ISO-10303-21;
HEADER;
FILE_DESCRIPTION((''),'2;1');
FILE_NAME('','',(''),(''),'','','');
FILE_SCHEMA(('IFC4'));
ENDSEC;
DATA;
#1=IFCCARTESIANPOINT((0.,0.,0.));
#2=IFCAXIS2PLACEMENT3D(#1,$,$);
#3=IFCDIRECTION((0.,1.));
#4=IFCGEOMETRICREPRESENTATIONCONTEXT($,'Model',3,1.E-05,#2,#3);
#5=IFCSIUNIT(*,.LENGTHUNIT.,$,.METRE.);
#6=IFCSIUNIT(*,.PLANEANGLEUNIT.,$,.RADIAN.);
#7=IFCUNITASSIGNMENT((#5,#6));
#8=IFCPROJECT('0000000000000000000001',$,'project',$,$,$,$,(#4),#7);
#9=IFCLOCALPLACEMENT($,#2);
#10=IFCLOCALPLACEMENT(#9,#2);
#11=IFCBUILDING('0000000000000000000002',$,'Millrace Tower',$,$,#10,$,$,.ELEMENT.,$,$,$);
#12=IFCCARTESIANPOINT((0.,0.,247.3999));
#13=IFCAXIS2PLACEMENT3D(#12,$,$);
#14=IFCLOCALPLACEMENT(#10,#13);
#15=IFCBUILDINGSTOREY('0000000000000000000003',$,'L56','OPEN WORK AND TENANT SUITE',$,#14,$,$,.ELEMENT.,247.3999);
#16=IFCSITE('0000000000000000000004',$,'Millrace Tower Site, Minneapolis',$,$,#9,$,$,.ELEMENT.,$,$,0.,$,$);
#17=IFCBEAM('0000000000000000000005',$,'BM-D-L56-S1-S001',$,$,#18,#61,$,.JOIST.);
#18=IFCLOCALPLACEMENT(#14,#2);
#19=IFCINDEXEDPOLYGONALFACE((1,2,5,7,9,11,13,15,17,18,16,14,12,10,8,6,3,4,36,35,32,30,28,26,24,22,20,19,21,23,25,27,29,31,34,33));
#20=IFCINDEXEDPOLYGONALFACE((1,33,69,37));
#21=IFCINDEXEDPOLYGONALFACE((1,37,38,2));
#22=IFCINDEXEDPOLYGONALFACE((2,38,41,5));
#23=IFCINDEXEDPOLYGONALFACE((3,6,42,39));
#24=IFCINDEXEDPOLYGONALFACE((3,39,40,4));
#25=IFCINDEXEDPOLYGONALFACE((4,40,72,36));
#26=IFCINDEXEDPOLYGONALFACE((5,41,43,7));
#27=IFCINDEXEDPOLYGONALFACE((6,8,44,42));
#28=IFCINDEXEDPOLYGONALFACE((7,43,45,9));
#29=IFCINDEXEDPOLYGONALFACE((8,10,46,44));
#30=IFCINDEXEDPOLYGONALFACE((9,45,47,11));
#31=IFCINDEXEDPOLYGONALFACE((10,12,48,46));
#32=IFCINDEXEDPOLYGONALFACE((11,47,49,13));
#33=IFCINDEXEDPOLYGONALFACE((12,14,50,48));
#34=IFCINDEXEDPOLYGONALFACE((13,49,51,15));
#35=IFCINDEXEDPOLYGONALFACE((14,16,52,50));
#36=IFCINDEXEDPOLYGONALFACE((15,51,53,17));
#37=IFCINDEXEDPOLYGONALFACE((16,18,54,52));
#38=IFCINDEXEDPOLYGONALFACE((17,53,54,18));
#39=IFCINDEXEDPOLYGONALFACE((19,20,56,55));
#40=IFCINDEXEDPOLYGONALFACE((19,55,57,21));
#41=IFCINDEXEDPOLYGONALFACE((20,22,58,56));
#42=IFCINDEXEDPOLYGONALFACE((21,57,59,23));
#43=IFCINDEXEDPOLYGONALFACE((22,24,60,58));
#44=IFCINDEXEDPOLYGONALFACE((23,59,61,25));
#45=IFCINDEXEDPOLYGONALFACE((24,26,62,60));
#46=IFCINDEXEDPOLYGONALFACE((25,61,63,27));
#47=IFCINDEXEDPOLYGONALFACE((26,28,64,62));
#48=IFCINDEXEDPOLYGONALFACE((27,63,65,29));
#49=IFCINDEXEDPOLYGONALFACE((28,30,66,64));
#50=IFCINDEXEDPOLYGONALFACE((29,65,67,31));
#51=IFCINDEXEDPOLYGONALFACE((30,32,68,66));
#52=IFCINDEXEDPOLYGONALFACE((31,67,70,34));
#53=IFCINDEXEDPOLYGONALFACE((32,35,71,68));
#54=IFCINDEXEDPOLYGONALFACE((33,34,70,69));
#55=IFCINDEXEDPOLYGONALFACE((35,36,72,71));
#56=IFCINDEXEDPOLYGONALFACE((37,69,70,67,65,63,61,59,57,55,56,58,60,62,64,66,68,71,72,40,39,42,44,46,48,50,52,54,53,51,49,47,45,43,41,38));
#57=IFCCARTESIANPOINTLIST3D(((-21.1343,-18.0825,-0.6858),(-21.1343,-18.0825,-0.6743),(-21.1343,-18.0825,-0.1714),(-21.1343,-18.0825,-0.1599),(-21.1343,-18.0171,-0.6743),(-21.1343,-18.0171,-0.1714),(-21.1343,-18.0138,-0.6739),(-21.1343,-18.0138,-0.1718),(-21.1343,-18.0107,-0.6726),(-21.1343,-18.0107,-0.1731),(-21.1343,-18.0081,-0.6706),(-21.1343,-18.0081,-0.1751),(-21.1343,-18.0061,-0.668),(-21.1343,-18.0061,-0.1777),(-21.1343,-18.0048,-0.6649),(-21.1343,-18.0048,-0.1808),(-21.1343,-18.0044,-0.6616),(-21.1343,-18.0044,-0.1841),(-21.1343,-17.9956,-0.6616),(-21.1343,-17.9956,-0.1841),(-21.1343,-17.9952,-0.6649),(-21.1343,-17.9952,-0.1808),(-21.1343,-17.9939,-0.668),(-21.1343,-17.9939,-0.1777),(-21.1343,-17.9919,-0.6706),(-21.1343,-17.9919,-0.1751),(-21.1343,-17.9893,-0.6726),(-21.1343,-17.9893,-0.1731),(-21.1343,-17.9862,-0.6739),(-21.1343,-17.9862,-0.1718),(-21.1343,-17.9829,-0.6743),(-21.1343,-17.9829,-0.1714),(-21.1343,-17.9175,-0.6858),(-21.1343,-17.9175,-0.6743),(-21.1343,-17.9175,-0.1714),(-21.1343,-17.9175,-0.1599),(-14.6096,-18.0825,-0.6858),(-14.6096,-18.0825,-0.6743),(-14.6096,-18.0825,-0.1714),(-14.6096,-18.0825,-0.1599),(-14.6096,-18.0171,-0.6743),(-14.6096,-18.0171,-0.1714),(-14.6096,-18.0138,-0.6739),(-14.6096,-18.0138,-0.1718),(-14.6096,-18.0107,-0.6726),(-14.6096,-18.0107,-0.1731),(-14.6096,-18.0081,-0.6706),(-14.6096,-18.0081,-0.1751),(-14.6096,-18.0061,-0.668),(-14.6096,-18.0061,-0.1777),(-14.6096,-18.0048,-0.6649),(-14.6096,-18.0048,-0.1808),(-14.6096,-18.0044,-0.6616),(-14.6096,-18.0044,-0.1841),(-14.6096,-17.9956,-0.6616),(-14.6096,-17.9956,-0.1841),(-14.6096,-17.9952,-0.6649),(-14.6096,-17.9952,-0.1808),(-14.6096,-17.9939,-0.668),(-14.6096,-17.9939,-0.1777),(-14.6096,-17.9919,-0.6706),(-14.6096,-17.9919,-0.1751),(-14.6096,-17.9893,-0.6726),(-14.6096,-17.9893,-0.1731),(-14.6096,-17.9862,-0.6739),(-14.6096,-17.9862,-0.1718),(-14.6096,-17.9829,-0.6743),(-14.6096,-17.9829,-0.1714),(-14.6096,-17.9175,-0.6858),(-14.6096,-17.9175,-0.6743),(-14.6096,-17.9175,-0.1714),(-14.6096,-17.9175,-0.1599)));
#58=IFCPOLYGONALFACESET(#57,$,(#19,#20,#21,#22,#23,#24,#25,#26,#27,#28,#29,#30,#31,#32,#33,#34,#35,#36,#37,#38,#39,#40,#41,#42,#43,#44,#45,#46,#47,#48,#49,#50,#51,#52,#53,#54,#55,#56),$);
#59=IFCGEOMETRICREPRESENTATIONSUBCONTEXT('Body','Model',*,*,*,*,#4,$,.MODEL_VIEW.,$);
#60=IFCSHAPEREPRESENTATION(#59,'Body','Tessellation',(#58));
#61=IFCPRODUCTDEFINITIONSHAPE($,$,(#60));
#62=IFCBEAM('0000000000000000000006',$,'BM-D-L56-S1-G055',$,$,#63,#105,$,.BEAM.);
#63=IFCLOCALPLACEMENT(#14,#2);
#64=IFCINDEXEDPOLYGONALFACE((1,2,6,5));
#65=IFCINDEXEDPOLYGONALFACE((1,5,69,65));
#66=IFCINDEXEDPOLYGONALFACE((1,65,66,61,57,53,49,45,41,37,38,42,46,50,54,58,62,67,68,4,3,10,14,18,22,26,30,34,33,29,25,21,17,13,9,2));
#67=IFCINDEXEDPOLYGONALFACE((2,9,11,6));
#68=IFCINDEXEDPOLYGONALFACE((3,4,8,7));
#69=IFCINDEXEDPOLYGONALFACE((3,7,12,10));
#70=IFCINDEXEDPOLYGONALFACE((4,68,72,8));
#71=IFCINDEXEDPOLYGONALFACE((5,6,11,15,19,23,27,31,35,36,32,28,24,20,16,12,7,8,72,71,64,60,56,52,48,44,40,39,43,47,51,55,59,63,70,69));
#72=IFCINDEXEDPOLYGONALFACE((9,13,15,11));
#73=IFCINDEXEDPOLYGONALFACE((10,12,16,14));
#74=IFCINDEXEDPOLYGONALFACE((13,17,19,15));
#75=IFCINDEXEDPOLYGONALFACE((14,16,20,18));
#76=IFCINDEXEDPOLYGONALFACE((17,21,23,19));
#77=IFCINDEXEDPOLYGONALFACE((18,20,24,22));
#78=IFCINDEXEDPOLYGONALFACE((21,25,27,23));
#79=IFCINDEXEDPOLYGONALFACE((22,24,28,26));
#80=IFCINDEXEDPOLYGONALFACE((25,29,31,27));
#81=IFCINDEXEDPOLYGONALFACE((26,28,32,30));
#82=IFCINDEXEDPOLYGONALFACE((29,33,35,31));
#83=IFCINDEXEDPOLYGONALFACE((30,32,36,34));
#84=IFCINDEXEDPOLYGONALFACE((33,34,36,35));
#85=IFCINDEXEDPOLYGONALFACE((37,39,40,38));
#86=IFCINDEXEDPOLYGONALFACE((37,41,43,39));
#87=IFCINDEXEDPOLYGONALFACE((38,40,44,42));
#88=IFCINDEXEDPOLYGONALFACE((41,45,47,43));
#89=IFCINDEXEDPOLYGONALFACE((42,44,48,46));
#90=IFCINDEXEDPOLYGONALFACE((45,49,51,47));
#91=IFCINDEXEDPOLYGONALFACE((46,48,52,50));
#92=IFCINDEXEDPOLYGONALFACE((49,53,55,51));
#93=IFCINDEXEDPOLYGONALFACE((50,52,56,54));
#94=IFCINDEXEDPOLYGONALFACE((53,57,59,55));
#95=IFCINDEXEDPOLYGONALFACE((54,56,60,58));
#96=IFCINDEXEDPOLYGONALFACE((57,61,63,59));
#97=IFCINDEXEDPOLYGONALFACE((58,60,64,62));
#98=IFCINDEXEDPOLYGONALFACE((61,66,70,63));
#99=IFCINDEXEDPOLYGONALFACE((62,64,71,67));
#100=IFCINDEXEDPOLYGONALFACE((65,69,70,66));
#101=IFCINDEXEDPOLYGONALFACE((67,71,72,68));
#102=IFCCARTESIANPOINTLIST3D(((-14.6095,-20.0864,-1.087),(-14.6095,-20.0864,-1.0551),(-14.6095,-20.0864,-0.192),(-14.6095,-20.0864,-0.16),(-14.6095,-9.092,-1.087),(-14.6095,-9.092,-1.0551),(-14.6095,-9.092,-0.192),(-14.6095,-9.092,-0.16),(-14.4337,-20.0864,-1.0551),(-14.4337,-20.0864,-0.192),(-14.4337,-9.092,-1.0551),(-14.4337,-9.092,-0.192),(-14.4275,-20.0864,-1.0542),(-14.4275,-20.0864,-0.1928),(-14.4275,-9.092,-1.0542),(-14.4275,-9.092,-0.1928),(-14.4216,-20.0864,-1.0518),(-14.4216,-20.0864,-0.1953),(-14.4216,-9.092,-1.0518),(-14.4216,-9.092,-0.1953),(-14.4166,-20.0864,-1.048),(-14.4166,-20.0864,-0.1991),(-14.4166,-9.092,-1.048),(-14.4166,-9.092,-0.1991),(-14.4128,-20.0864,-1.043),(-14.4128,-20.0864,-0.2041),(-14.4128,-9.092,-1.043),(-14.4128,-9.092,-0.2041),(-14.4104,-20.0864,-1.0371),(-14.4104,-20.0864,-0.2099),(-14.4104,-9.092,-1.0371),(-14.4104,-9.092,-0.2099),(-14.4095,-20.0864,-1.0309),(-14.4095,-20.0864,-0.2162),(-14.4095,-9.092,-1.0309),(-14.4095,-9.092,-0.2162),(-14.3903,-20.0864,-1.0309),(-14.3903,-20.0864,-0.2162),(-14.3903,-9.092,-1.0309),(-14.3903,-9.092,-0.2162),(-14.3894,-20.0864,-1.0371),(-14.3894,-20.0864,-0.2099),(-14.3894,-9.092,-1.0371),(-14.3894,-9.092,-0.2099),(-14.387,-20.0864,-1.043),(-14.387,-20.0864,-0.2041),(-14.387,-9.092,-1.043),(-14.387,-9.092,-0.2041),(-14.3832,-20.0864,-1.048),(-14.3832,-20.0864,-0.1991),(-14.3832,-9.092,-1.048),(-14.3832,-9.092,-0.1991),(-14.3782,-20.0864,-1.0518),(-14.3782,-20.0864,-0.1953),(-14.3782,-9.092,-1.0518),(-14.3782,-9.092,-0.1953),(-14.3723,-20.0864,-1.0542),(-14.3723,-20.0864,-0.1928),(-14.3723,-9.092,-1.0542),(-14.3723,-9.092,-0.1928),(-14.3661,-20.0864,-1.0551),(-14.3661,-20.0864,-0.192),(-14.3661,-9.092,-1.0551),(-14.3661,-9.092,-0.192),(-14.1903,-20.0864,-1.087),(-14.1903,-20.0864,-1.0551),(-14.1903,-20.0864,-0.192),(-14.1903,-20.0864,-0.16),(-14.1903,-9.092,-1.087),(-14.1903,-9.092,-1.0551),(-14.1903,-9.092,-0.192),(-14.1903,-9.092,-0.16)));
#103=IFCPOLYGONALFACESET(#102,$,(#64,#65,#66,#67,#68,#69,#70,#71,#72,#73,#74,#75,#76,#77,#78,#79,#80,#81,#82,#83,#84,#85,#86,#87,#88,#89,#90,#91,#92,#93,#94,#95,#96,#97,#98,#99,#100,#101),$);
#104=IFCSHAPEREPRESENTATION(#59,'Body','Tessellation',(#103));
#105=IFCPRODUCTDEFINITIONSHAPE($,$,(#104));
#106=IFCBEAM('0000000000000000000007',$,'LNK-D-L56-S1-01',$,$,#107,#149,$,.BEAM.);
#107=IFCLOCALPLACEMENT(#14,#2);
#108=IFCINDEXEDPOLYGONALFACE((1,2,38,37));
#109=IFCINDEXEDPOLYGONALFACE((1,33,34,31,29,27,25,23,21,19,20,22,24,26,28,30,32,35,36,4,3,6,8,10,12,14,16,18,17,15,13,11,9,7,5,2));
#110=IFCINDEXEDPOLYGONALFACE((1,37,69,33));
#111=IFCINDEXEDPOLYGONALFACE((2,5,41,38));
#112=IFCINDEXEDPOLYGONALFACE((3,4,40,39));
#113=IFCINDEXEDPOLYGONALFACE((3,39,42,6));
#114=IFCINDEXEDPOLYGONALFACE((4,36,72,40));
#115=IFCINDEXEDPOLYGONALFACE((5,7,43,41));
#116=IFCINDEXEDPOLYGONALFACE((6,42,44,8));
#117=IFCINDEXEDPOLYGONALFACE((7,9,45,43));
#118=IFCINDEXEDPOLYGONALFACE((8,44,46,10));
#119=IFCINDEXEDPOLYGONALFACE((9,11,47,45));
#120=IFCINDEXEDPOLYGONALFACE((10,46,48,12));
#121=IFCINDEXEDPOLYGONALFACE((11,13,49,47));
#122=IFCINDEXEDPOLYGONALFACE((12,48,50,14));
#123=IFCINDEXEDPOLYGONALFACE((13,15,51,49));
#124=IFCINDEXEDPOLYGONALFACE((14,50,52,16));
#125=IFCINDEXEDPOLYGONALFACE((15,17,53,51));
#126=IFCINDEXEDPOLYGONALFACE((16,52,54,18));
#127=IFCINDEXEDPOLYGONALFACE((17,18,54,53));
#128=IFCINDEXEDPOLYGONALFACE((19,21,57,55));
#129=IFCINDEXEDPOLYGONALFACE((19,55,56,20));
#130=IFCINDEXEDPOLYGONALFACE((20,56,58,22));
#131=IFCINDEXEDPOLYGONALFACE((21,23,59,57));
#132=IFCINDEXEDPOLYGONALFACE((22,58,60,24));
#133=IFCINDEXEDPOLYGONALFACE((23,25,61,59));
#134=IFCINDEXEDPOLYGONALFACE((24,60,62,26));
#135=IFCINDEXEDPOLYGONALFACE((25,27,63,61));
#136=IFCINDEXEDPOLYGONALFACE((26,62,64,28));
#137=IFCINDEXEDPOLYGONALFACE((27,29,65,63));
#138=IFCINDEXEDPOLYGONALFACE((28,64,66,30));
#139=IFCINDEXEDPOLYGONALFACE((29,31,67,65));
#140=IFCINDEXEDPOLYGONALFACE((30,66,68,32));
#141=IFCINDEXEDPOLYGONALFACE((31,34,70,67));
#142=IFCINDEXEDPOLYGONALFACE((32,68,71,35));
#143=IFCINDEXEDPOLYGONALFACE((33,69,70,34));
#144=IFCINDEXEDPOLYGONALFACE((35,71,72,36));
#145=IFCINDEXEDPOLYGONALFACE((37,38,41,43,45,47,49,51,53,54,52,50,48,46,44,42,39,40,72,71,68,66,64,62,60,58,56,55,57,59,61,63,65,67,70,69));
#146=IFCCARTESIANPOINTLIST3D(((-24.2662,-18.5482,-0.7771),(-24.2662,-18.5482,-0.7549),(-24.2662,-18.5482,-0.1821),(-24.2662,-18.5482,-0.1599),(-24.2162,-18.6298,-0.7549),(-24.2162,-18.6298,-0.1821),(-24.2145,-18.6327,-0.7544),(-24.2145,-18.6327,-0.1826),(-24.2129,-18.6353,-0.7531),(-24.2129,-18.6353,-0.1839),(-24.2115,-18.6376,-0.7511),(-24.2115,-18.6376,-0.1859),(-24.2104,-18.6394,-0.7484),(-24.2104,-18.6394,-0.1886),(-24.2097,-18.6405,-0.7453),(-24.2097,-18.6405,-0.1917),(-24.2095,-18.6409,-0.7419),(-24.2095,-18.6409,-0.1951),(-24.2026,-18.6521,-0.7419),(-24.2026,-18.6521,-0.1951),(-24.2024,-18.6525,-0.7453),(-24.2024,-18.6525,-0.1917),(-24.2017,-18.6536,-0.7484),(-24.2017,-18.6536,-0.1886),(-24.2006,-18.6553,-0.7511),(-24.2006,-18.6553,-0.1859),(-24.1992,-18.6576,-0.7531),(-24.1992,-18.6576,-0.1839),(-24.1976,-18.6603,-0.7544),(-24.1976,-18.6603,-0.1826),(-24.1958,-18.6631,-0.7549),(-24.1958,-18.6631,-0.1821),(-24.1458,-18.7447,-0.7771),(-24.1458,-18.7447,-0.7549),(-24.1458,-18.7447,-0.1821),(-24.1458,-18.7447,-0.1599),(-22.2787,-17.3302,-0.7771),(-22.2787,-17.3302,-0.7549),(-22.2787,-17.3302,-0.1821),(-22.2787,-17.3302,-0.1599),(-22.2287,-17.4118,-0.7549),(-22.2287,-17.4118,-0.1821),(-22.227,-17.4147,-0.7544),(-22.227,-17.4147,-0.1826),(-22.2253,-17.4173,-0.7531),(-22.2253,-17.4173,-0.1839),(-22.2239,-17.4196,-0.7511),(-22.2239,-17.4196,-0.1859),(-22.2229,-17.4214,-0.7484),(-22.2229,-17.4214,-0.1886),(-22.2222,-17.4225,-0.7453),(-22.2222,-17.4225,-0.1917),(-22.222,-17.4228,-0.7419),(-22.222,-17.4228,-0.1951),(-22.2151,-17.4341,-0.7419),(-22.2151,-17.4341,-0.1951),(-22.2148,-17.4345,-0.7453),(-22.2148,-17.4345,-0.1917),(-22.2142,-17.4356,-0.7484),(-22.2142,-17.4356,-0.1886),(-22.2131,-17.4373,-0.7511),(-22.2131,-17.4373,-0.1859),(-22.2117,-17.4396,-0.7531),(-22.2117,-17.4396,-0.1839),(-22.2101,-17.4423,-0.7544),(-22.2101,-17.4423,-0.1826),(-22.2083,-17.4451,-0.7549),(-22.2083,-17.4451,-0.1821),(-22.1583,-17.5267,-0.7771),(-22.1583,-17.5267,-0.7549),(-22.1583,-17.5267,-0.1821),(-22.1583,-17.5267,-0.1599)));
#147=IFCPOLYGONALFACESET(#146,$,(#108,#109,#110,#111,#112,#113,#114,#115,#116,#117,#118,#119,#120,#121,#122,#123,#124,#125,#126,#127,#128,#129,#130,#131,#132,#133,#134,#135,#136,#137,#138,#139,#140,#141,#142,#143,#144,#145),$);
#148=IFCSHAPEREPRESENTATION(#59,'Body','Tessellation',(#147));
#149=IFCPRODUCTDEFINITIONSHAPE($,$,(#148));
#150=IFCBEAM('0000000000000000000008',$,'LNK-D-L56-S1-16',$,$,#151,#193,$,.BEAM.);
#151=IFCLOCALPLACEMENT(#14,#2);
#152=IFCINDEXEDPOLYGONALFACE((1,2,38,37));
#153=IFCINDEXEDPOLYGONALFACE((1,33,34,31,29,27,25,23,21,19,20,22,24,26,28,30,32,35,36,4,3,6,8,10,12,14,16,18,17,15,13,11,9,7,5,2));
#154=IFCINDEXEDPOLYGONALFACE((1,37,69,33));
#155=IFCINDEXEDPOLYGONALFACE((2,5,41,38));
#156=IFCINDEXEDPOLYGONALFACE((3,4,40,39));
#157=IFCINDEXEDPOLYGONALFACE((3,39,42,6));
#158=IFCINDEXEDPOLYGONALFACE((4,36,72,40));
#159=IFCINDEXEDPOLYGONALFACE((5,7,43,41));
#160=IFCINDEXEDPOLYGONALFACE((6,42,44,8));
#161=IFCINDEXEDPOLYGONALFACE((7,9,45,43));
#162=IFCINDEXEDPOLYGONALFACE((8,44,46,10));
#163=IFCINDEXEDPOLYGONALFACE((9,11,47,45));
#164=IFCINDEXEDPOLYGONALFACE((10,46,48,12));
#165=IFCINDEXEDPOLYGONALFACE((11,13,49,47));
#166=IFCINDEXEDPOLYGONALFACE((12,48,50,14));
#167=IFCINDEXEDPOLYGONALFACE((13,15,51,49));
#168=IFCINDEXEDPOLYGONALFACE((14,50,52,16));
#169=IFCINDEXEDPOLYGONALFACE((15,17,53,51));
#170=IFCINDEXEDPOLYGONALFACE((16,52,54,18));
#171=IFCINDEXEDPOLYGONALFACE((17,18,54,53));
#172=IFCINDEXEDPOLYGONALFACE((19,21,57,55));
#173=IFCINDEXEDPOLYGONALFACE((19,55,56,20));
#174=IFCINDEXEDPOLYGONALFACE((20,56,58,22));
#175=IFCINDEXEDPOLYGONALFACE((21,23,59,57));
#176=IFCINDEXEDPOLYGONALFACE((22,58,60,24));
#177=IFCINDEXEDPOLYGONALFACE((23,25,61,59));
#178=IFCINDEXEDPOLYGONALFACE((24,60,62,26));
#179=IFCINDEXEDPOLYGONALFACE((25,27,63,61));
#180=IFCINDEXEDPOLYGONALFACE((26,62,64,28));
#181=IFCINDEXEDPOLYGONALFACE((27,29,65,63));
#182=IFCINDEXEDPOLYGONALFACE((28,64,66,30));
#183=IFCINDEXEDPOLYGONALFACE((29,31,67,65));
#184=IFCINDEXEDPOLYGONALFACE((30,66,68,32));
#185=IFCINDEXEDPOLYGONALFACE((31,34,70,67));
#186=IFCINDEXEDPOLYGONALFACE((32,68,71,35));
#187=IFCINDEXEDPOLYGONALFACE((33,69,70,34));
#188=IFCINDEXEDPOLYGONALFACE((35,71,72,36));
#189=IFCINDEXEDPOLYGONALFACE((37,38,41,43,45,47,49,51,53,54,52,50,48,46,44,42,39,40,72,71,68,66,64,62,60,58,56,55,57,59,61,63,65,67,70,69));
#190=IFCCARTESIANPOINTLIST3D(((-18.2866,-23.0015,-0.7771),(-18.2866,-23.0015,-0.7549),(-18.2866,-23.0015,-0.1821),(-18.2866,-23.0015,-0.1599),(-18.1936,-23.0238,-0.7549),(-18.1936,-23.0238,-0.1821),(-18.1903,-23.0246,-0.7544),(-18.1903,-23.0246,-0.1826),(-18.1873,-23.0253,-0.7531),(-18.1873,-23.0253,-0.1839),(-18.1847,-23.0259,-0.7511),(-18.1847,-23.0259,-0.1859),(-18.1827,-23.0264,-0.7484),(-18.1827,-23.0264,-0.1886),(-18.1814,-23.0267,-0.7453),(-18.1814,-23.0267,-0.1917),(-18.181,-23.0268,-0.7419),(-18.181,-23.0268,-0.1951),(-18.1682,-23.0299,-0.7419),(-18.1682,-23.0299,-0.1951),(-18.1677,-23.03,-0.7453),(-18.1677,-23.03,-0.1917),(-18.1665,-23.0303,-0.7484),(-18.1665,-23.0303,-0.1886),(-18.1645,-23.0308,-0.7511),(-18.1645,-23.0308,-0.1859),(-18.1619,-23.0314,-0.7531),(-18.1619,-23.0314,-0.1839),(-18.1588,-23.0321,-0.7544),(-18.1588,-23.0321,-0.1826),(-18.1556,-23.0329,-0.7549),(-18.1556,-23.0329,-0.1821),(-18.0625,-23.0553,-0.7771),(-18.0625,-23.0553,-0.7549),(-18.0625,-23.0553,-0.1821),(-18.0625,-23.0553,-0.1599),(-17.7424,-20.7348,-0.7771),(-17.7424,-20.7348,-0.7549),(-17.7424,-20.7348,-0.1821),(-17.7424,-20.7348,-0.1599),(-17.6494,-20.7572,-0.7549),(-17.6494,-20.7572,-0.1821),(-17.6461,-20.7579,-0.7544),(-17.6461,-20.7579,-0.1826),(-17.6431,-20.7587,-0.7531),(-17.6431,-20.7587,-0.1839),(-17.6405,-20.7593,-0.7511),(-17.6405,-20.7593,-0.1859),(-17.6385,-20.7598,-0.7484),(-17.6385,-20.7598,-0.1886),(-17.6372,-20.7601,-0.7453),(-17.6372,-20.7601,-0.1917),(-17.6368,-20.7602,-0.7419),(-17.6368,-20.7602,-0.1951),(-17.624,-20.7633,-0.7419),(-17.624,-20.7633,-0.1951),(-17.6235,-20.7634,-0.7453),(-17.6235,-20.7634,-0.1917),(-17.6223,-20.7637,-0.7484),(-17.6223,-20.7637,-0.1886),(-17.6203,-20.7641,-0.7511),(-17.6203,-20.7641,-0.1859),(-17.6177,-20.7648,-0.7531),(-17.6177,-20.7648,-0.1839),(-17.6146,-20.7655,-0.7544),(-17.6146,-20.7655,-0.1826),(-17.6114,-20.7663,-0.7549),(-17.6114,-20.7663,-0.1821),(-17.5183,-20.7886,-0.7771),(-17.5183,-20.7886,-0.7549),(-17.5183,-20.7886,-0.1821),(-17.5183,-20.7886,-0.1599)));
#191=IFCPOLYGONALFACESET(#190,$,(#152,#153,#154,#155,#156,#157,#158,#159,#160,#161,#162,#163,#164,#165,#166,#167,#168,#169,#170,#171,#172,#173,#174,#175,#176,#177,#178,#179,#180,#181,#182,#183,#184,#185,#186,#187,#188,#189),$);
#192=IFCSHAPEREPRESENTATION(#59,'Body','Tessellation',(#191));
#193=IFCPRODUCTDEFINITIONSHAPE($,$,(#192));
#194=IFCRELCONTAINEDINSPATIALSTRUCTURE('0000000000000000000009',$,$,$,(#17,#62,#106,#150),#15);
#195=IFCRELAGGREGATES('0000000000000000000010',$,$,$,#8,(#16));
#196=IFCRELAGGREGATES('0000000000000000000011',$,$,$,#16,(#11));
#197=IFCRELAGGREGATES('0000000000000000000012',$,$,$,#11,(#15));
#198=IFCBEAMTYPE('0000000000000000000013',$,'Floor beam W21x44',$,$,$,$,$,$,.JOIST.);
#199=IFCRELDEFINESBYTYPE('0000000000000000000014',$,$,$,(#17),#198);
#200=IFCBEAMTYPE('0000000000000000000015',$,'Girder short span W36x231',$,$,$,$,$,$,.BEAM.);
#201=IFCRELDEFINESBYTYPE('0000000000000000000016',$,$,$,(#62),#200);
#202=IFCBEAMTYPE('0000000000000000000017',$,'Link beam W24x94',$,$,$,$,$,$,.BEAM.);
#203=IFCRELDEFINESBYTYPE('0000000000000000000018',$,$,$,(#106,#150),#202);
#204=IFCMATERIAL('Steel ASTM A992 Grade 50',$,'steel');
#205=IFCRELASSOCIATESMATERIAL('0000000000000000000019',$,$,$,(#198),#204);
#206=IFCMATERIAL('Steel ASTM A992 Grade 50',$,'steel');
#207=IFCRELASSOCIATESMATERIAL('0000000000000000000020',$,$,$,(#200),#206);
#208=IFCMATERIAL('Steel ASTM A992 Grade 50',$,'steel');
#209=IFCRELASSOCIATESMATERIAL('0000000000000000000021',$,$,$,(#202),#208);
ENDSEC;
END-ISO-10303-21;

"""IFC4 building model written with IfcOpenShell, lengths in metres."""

from ifc_helpers import new_model, si_unit, direction, frame, origin, origin_2d, place, context, subcontext, project, spatial, i_section, extrude, material, material_profile, profile_set, type_object, element, save


model = new_model("IFC4")

# Units and contexts
model_context = context("Model", 3, precision=1e-05, world=origin(), true_north=direction((0.0, 1.0)))
body_context = subcontext(model_context, "Body", "Model", "MODEL_VIEW")
ifc_project = project(units=[si_unit("LENGTHUNIT", "METRE"), si_unit("PLANEANGLEUNIT", "RADIAN")], contexts=[model_context])

# Site, building, storey
site_placement = place(None, origin())
site = spatial("IfcSite", under=ifc_project, at=site_placement, Name="Millrace Tower Site, Minneapolis", CompositionType="ELEMENT", RefElevation=0.0)
building_placement = place(site_placement, origin())
building = spatial("IfcBuilding", under=site, at=building_placement, Name="Millrace Tower", CompositionType="ELEMENT")
storey_placement = place(building_placement, frame((0.0, 0.0, 247.3999)))
storey = spatial("IfcBuildingStorey", under=building, at=storey_placement, Name="L56", Description="OPEN WORK AND TENANT SUITE", CompositionType="ELEMENT", Elevation=247.3999)

# Beams
ifc_material_1 = material(Name="Steel ASTM A992 Grade 50", Category="steel")
ifc_material_profile_1 = material_profile(ifc_material_1, i_section(OverallWidth=0.165, OverallDepth=0.5259, WebThickness=0.0088, FlangeThickness=0.0115, FilletRadius=0.0127, at=origin_2d()))
ifc_profile_set_1 = profile_set([ifc_material_profile_1], Name="Steel ASTM A992 Grade 50")
beam_type_1 = type_object("IfcBeamType", Name="Floor beam W21x44", PredefinedType="JOIST", material=ifc_profile_set_1)
beam_1_placement = place(storey_placement, frame((-21.1343, -18.0, -0.4229), z_axis=(1.0, 0.0, 0.0), x_axis=(0.0, 1.0, 0.0)))
element("IfcBeam", 1, at=beam_1_placement, inside=storey, type_object=beam_type_1, Name="BM-D-L56-S1-S001", PredefinedType="JOIST", context=body_context, shape_type="SweptSolid", body=[
    extrude(i_section(OverallWidth=0.165, OverallDepth=0.5259, WebThickness=0.0088, FlangeThickness=0.0115, FilletRadius=0.0127, at=origin_2d()), origin(), (0.0, 0.0, 1.0), 6.5247),
])
ifc_material_2 = material(Name="Steel ASTM A992 Grade 50", Category="steel")
ifc_material_profile_2 = material_profile(ifc_material_2, i_section(OverallWidth=0.4192, OverallDepth=0.927, WebThickness=0.0193, FlangeThickness=0.032, FilletRadius=0.0242, at=origin_2d()))
ifc_profile_set_2 = profile_set([ifc_material_profile_2], Name="Steel ASTM A992 Grade 50")
beam_type_2 = type_object("IfcBeamType", Name="Girder short span W36x231", PredefinedType="BEAM", material=ifc_profile_set_2)
beam_2_placement = place(storey_placement, frame((-14.3999, -20.0864, -0.6235), z_axis=(0.0, 1.0, 0.0), x_axis=(-1.0, 0.0, 0.0)))
element("IfcBeam", 2, at=beam_2_placement, inside=storey, type_object=beam_type_2, Name="BM-D-L56-S1-G055", PredefinedType="BEAM", context=body_context, shape_type="SweptSolid", body=[
    extrude(i_section(OverallWidth=0.4192, OverallDepth=0.927, WebThickness=0.0193, FlangeThickness=0.032, FilletRadius=0.0242, at=origin_2d()), origin(), (0.0, 0.0, 1.0), 10.9944),
])
ifc_material_3 = material(Name="Steel ASTM A992 Grade 50", Category="steel")
ifc_material_profile_3 = material_profile(ifc_material_3, i_section(OverallWidth=0.2305, OverallDepth=0.6172, WebThickness=0.0132, FlangeThickness=0.0222, FilletRadius=0.0129, at=origin_2d()))
ifc_profile_set_3 = profile_set([ifc_material_profile_3], Name="Steel ASTM A992 Grade 50")
beam_type_3 = type_object("IfcBeamType", Name="Link beam W24x94", PredefinedType="BEAM", material=ifc_profile_set_3)
for number, where, z_axis, x_axis, name in (
    (3, (-22.2185, -17.4285, -0.4685), (-0.852631, -0.522513, 0.0), (0.522513, -0.852631, 0.0), "LNK-D-L56-S1-01"),
    (4, (-17.6304, -20.7617, -0.4685), (-0.233456, -0.972367, 0.0), (0.972367, -0.233456, 0.0), "LNK-D-L56-S1-16"),
):
    element("IfcBeam", number, at=place(storey_placement, frame(where, z_axis=z_axis, x_axis=x_axis)), inside=storey, type_object=beam_type_3, Name=name, PredefinedType="BEAM", context=body_context, shape_type="SweptSolid", body=[
        extrude(i_section(OverallWidth=0.2305, OverallDepth=0.6172, WebThickness=0.0132, FlangeThickness=0.0222, FilletRadius=0.0129, at=origin_2d()), origin(), (0.0, 0.0, 1.0), 2.3311),
    ])

save(model, "model.ifc")
